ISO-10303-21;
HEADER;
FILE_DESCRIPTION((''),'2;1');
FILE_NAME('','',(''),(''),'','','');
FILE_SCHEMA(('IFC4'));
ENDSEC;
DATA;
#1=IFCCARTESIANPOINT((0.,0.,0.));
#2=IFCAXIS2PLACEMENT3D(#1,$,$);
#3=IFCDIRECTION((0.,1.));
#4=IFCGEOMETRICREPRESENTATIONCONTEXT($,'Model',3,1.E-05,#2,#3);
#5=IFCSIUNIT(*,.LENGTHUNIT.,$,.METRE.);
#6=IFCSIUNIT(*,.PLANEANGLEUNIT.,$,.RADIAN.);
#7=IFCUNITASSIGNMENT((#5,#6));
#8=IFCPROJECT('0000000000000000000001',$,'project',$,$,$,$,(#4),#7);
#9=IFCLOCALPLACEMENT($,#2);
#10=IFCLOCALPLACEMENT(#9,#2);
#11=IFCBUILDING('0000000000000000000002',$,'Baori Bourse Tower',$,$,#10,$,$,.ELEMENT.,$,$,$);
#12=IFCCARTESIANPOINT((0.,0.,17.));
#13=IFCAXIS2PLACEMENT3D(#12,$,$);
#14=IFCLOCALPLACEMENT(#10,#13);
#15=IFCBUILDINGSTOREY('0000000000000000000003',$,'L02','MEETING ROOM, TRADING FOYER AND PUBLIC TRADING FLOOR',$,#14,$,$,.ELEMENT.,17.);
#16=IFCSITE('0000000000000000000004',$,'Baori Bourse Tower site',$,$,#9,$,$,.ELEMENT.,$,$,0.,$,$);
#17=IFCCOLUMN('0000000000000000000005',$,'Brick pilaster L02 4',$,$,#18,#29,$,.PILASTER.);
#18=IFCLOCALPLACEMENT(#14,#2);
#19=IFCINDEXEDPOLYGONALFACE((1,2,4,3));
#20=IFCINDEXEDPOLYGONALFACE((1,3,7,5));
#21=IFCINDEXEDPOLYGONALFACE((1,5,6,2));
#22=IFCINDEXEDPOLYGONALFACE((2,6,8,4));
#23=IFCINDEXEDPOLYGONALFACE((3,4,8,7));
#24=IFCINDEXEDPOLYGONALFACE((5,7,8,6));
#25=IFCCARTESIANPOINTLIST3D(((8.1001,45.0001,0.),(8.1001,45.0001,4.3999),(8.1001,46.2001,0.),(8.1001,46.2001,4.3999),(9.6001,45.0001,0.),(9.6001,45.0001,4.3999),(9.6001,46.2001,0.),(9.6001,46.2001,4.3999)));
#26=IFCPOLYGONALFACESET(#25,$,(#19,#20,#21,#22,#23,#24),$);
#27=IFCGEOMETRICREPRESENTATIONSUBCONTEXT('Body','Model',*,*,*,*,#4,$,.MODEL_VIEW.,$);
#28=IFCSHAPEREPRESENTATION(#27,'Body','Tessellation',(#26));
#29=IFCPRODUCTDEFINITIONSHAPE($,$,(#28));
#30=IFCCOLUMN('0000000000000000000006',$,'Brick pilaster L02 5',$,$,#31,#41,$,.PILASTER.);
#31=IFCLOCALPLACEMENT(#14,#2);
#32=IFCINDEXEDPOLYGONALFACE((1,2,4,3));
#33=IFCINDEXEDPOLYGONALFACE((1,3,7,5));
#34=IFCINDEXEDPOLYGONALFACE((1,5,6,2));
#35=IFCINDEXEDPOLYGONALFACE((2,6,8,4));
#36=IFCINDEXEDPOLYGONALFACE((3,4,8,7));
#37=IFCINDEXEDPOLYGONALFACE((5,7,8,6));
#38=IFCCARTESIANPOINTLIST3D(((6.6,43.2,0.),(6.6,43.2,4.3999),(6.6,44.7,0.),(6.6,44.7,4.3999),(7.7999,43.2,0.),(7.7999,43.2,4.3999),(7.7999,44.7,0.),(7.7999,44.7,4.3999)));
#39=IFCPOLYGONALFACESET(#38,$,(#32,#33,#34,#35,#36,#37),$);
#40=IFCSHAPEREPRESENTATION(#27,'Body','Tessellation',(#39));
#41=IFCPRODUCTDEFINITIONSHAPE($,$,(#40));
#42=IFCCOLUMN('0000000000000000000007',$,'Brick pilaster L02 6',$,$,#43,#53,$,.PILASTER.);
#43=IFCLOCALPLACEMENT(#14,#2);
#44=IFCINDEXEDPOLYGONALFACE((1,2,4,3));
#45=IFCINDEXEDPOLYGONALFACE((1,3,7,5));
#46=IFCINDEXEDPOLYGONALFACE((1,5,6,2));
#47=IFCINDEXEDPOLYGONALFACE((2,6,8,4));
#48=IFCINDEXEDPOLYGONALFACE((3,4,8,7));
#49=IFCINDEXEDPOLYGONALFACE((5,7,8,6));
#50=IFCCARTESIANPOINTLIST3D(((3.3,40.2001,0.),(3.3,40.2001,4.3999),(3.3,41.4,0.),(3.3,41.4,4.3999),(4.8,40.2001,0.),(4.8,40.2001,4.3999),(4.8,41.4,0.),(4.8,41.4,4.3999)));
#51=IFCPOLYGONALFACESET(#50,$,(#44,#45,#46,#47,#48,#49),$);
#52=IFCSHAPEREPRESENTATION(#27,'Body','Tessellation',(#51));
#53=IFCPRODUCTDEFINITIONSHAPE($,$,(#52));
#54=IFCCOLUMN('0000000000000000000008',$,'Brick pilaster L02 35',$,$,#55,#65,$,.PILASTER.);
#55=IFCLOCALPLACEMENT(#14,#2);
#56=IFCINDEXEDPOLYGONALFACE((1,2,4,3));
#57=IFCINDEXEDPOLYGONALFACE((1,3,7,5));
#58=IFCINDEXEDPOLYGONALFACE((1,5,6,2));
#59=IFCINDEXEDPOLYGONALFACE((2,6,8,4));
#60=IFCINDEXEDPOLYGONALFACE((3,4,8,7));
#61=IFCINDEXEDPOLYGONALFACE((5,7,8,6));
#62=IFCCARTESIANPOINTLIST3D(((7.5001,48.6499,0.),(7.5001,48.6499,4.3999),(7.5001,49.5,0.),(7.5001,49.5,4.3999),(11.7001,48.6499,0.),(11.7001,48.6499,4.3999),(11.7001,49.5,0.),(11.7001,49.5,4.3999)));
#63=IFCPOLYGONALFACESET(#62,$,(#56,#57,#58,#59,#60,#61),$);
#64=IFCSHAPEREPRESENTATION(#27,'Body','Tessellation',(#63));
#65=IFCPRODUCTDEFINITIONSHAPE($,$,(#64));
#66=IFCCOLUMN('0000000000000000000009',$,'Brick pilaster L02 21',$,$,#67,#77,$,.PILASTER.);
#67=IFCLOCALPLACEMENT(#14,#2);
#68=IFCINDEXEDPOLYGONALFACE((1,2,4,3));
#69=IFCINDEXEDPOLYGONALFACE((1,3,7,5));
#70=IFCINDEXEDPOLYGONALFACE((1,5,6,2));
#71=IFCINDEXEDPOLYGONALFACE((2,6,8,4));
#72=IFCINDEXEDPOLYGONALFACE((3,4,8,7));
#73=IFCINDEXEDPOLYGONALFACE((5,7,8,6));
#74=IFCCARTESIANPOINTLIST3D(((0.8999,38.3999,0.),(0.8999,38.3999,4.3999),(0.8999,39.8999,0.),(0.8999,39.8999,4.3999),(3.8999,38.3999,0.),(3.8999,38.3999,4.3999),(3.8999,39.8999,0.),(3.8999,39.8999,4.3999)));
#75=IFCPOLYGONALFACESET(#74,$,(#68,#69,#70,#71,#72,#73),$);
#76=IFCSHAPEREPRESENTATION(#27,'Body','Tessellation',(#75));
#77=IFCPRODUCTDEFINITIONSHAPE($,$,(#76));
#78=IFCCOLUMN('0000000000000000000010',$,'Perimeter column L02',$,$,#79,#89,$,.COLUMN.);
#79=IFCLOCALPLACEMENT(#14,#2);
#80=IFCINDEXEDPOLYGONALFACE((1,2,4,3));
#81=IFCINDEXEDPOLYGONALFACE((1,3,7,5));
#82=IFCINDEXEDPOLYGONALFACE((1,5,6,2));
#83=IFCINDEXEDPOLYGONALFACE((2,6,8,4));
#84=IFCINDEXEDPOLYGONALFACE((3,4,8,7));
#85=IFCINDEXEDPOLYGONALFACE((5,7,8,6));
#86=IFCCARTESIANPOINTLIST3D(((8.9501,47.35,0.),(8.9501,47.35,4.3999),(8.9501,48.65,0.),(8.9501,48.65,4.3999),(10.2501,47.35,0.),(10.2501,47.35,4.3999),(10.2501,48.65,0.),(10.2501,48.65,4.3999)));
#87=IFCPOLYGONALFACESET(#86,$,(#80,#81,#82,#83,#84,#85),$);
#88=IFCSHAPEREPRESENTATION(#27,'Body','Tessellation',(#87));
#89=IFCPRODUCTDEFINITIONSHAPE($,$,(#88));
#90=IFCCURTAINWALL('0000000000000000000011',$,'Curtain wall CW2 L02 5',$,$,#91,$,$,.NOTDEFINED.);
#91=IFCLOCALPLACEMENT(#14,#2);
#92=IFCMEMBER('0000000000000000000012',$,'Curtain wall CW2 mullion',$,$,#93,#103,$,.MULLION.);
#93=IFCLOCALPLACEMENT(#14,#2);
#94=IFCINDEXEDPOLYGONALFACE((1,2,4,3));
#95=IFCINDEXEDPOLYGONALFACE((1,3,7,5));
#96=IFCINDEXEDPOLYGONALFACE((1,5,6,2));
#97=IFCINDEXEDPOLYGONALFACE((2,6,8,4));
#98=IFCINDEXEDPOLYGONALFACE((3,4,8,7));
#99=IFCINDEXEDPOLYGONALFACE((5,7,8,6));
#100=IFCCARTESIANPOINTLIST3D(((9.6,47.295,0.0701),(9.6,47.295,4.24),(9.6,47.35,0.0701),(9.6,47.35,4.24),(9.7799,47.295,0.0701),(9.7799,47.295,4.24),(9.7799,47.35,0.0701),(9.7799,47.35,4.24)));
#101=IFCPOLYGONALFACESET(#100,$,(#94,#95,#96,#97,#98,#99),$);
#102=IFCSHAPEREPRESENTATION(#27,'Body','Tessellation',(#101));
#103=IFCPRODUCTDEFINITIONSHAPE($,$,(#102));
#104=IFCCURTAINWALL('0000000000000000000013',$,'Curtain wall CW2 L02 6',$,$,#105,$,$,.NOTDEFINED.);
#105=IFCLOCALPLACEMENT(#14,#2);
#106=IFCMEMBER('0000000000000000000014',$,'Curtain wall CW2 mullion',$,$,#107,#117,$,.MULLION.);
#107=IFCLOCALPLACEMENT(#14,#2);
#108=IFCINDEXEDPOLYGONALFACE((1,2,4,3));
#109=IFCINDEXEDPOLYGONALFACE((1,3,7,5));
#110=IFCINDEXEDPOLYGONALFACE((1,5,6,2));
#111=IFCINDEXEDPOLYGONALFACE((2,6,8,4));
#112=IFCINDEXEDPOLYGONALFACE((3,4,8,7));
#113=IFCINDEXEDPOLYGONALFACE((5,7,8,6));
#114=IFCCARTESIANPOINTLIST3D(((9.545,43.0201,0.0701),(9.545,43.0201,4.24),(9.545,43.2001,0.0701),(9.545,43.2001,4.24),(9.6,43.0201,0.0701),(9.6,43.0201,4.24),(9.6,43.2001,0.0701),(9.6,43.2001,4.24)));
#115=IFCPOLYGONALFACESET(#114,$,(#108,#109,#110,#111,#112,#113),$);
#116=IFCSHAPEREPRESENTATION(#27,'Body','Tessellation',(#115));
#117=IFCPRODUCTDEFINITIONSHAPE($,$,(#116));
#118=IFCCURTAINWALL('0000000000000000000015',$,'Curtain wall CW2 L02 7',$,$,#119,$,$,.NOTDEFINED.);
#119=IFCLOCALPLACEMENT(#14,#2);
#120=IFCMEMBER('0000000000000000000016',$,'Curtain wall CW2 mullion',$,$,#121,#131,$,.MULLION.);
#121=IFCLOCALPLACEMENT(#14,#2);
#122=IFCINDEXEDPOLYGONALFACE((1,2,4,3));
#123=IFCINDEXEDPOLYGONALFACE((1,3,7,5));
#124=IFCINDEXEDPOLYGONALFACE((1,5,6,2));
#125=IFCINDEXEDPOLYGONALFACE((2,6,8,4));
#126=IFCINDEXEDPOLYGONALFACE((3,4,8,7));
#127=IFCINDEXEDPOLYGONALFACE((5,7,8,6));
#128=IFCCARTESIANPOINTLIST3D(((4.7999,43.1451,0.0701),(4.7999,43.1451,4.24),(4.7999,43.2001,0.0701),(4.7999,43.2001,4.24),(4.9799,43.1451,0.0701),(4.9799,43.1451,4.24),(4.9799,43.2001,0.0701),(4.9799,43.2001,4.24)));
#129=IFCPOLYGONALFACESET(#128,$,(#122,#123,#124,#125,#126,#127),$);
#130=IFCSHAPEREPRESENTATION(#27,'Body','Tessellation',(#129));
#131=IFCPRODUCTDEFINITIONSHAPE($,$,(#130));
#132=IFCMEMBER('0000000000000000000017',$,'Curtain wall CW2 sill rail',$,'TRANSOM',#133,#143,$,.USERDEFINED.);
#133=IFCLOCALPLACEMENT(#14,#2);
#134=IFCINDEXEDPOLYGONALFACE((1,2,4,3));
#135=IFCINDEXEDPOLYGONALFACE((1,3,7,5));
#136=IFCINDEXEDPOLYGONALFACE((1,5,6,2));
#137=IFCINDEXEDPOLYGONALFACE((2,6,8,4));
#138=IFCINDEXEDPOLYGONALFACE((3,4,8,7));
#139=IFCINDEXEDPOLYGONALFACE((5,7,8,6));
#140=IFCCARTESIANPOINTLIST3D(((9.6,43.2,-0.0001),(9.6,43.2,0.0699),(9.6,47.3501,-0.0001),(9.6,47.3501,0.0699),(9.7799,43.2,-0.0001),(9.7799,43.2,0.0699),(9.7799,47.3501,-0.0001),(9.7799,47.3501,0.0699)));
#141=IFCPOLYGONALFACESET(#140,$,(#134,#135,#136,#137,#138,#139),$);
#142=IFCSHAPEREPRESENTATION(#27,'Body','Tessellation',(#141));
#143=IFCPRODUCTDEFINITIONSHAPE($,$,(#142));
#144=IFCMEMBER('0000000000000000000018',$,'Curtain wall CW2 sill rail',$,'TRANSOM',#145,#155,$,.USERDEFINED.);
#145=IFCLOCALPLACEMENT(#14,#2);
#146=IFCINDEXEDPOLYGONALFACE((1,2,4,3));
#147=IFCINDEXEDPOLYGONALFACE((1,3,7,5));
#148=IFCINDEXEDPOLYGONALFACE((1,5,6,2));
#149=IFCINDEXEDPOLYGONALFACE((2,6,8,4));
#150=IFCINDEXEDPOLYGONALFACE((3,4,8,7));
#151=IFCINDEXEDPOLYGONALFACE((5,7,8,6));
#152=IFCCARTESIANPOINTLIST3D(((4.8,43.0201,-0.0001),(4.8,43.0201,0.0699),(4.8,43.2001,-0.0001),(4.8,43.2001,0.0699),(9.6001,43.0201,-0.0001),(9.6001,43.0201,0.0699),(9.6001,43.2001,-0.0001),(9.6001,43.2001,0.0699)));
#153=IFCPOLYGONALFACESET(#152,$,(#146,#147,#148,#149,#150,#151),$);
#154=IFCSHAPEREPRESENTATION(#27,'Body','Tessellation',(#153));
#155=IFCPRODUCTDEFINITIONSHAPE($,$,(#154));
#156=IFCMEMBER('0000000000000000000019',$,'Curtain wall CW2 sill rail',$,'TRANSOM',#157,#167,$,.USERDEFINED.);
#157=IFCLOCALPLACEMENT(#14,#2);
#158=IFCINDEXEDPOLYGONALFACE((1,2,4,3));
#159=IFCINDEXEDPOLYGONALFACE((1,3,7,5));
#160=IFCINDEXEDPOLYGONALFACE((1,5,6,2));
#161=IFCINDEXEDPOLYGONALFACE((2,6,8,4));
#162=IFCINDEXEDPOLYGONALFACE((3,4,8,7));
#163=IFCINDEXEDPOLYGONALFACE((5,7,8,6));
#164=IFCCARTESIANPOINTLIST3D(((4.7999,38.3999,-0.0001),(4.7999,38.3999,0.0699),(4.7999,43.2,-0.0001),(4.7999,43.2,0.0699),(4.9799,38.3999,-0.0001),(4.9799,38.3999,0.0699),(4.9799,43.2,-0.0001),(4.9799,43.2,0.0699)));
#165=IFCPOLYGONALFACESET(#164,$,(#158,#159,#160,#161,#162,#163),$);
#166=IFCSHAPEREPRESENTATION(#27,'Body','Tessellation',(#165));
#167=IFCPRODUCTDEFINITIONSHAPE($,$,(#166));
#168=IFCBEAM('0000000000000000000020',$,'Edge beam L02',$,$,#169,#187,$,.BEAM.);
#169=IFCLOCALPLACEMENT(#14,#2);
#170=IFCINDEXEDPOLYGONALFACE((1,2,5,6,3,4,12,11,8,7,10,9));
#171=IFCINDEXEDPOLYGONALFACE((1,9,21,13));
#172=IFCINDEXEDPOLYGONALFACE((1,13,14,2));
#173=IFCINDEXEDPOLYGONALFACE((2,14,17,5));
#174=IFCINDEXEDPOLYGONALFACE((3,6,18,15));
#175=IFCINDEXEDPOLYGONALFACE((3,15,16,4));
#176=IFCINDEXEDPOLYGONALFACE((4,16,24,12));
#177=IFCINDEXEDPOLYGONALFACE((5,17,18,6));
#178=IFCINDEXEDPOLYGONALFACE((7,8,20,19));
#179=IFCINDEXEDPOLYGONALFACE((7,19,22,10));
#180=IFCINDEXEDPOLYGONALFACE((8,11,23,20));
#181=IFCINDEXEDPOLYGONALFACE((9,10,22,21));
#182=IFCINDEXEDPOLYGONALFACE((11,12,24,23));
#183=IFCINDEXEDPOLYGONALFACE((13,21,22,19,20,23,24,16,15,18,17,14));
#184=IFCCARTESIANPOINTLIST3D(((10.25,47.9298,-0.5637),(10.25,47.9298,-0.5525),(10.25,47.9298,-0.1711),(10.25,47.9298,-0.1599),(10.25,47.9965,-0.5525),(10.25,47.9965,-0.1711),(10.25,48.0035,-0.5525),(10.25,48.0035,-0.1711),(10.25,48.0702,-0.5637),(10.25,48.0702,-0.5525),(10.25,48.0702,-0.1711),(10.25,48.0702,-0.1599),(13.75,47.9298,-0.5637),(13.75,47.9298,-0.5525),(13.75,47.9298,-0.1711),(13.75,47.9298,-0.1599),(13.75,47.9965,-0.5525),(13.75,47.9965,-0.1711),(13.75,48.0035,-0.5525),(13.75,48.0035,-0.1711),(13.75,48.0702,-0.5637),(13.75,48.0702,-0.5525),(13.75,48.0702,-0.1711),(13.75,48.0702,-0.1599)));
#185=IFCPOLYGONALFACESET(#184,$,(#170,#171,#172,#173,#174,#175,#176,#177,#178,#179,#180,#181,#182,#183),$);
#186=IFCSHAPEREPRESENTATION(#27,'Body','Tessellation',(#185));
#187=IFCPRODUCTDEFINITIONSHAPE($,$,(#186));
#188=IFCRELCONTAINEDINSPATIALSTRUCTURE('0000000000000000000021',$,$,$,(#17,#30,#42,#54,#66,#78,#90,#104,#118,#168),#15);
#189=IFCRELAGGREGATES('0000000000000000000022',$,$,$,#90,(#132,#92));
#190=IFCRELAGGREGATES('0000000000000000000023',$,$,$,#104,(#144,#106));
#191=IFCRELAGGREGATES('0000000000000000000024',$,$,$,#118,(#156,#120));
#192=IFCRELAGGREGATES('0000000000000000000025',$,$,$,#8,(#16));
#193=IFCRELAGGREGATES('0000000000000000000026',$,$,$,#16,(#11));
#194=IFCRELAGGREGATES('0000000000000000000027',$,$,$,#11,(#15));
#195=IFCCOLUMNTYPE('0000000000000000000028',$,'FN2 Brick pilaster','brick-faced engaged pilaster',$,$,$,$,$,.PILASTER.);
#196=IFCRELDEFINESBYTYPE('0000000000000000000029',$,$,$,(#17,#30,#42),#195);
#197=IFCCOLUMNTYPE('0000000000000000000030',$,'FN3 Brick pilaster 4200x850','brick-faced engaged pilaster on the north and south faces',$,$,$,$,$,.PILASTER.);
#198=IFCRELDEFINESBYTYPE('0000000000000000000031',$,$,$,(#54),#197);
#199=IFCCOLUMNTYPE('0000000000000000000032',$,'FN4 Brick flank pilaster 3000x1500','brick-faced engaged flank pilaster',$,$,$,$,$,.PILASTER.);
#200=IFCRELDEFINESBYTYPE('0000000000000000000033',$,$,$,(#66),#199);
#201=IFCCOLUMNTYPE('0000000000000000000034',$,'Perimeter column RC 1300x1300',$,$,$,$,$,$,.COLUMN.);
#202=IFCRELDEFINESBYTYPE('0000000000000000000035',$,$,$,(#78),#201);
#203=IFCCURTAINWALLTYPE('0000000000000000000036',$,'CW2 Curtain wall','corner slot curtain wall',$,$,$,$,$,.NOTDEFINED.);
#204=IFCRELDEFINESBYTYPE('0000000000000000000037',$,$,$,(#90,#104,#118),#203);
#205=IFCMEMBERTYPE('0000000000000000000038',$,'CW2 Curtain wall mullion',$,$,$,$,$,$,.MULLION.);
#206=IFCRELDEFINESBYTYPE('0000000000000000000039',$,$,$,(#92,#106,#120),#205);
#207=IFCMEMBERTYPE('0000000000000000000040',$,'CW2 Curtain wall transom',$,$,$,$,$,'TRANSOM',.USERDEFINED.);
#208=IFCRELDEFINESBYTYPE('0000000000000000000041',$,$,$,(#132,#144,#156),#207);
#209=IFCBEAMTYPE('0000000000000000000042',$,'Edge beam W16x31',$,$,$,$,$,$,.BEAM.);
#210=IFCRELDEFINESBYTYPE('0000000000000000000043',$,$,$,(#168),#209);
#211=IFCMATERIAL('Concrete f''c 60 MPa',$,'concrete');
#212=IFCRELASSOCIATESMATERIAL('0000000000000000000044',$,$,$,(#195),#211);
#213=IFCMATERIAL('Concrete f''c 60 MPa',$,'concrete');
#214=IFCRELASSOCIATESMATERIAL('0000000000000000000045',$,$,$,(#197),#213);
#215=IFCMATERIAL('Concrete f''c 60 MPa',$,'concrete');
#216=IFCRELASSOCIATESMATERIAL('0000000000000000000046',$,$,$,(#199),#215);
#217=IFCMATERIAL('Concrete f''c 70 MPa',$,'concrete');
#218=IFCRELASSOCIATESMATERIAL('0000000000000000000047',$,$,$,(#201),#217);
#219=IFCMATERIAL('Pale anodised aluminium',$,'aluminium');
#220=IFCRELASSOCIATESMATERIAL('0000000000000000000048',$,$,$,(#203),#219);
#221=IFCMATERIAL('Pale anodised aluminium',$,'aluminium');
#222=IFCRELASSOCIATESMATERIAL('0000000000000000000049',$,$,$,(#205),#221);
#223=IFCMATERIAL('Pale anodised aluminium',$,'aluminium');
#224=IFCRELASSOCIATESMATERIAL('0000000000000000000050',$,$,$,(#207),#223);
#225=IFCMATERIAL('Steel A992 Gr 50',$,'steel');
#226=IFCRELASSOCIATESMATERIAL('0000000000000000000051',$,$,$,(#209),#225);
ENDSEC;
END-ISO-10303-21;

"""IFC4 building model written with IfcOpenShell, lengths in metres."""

from ifc_helpers import new_model, si_unit, direction, frame, origin, origin_2d, place, context, subcontext, project, spatial, rectangle, i_section, extrude, material, material_profile, profile_set, type_object, element, aggregate, save


model = new_model("IFC4")

# Units and contexts
model_context = context("Model", 3, precision=1e-05, world=origin(), true_north=direction((0.0, 1.0)))
body_context = subcontext(model_context, "Body", "Model", "MODEL_VIEW")
ifc_project = project(units=[si_unit("LENGTHUNIT", "METRE"), si_unit("PLANEANGLEUNIT", "RADIAN")], contexts=[model_context])

# Site, building, storey
site_placement = place(None, origin())
site = spatial("IfcSite", under=ifc_project, at=site_placement, Name="Baori Bourse Tower site", CompositionType="ELEMENT", RefElevation=0.0)
building_placement = place(site_placement, origin())
building = spatial("IfcBuilding", under=site, at=building_placement, Name="Baori Bourse Tower", CompositionType="ELEMENT")
storey_placement = place(building_placement, frame((0.0, 0.0, 17.0)))
storey = spatial("IfcBuildingStorey", under=building, at=storey_placement, Name="L02", Description="MEETING ROOM, TRADING FOYER AND PUBLIC TRADING FLOOR", CompositionType="ELEMENT", Elevation=17.0)

# Columns
ifc_material_1 = material(Name="Concrete f'c 60 MPa", Category="concrete")
ifc_material_profile_1 = material_profile(ifc_material_1, rectangle(XDim=1.2, YDim=1.5, at=origin_2d()), Name="RC 1200x1500")
ifc_profile_set_1 = profile_set([ifc_material_profile_1], Name="Concrete f'c 60 MPa")
column_type_1 = type_object("IfcColumnType", Name="FN2 Brick pilaster", Description="brick-faced engaged pilaster", PredefinedType="PILASTER", material=ifc_profile_set_1)
for number, where, z_axis, x_axis, name in (
    (1, (8.8501, 45.6001, 0.0), (0.0, 0.0, 1.0), (0.0, 1.0, 0.0), "Brick pilaster L02 4"),
    (2, (7.2, 43.95, 0.0), (0.0, 0.0, 1.0), (1.0, 0.0, 0.0), "Brick pilaster L02 5"),
    (3, (4.05, 40.8, 0.0), (0.0, 0.0, 1.0), (0.0, 1.0, 0.0), "Brick pilaster L02 6"),
):
    element("IfcColumn", number, at=place(storey_placement, frame(where, z_axis=z_axis, x_axis=x_axis)), inside=storey, type_object=column_type_1, Name=name, PredefinedType="PILASTER", context=body_context, shape_type="SweptSolid", body=[
        extrude(rectangle(XDim=1.2, YDim=1.5, at=origin_2d()), origin(), (0.0, 0.0, 1.0), 4.3999),
    ])
ifc_material_2 = material(Name="Concrete f'c 60 MPa", Category="concrete")
ifc_material_profile_2 = material_profile(ifc_material_2, rectangle(XDim=4.2, YDim=0.8501, at=origin_2d()), Name="RC 4200x850")
ifc_profile_set_2 = profile_set([ifc_material_profile_2], Name="Concrete f'c 60 MPa")
column_type_2 = type_object("IfcColumnType", Name="FN3 Brick pilaster 4200x850", Description="brick-faced engaged pilaster on the north and south faces", PredefinedType="PILASTER", material=ifc_profile_set_2)
column_1_placement = place(storey_placement, frame((9.6001, 49.075, 0.0), z_axis=(0.0, 0.0, 1.0), x_axis=(1.0, 0.0, 0.0)))
element("IfcColumn", 4, at=column_1_placement, inside=storey, type_object=column_type_2, Name="Brick pilaster L02 35", PredefinedType="PILASTER", context=body_context, shape_type="SweptSolid", body=[
    extrude(rectangle(XDim=4.2, YDim=0.8501, at=origin_2d()), origin(), (0.0, 0.0, 1.0), 4.3999),
])
ifc_material_3 = material(Name="Concrete f'c 60 MPa", Category="concrete")
ifc_material_profile_3 = material_profile(ifc_material_3, rectangle(XDim=3.0, YDim=1.5, at=origin_2d()), Name="RC 3000x1500")
ifc_profile_set_3 = profile_set([ifc_material_profile_3], Name="Concrete f'c 60 MPa")
column_type_3 = type_object("IfcColumnType", Name="FN4 Brick flank pilaster 3000x1500", Description="brick-faced engaged flank pilaster", PredefinedType="PILASTER", material=ifc_profile_set_3)
column_2_placement = place(storey_placement, frame((2.3999, 39.1499, 0.0), z_axis=(0.0, 0.0, 1.0), x_axis=(1.0, 0.0, 0.0)))
element("IfcColumn", 5, at=column_2_placement, inside=storey, type_object=column_type_3, Name="Brick pilaster L02 21", PredefinedType="PILASTER", context=body_context, shape_type="SweptSolid", body=[
    extrude(rectangle(XDim=3.0, YDim=1.5, at=origin_2d()), origin(), (0.0, 0.0, 1.0), 4.3999),
])
ifc_material_4 = material(Name="Concrete f'c 70 MPa", Category="concrete")
ifc_material_profile_4 = material_profile(ifc_material_4, rectangle(XDim=1.3, YDim=1.3, at=origin_2d()), Name="RC 1300x1300")
ifc_profile_set_4 = profile_set([ifc_material_profile_4], Name="Concrete f'c 70 MPa")
column_type_4 = type_object("IfcColumnType", Name="Perimeter column RC 1300x1300", PredefinedType="COLUMN", material=ifc_profile_set_4)
column_3_placement = place(storey_placement, frame((9.6001, 48.0, 0.0), z_axis=(0.0, 0.0, 1.0), x_axis=(1.0, 0.0, 0.0)))
element("IfcColumn", 6, at=column_3_placement, inside=storey, type_object=column_type_4, Name="Perimeter column L02", PredefinedType="COLUMN", context=body_context, shape_type="SweptSolid", body=[
    extrude(rectangle(XDim=1.3, YDim=1.3, at=origin_2d()), origin(), (0.0, 0.0, 1.0), 4.3999),
])

# Curtain walls, members
ifc_material_5 = material(Name="Pale anodised aluminium", Category="aluminium")
curtain_wall_type = type_object("IfcCurtainWallType", Name="CW2 Curtain wall", Description="corner slot curtain wall", PredefinedType="NOTDEFINED", material=ifc_material_5)
curtain_wall_1_placement = place(storey_placement, origin())
curtain_wall_1 = element("IfcCurtainWall", 7, at=curtain_wall_1_placement, inside=storey, type_object=curtain_wall_type, Name="Curtain wall CW2 L02 5", PredefinedType="NOTDEFINED")
ifc_material_6 = material(Name="Pale anodised aluminium", Category="aluminium")
ifc_material_profile_5 = material_profile(ifc_material_6, rectangle(XDim=0.1799, YDim=0.0549, at=origin_2d()), Name="Mullion 55x180")
ifc_profile_set_5 = profile_set([ifc_material_profile_5], Name="Pale anodised aluminium")
member_type_1 = type_object("IfcMemberType", Name="CW2 Curtain wall mullion", PredefinedType="MULLION", material=ifc_profile_set_5)
member_1_placement = place(storey_placement, frame((9.6899, 47.3225, 0.0701), z_axis=(0.0, 0.0, 1.0), x_axis=(1.0, 0.0, 0.0)))
member_1 = element("IfcMember", 8, at=member_1_placement, type_object=member_type_1, Name="Curtain wall CW2 mullion", PredefinedType="MULLION", context=body_context, shape_type="SweptSolid", body=[
    extrude(rectangle(XDim=0.1799, YDim=0.0549, at=origin_2d()), origin(), (0.0, 0.0, 1.0), 4.1699),
])
curtain_wall_2_placement = place(storey_placement, origin())
curtain_wall_2 = element("IfcCurtainWall", 9, at=curtain_wall_2_placement, inside=storey, type_object=curtain_wall_type, Name="Curtain wall CW2 L02 6", PredefinedType="NOTDEFINED")
member_2_placement = place(storey_placement, frame((9.5725, 43.1101, 0.0701), z_axis=(0.0, 0.0, 1.0), x_axis=(0.0, -1.0, 0.0)))
member_2 = element("IfcMember", 10, at=member_2_placement, type_object=member_type_1, Name="Curtain wall CW2 mullion", PredefinedType="MULLION", context=body_context, shape_type="SweptSolid", body=[
    extrude(rectangle(XDim=0.1799, YDim=0.0549, at=origin_2d()), origin(), (0.0, 0.0, 1.0), 4.1699),
])
curtain_wall_3_placement = place(storey_placement, origin())
curtain_wall_3 = element("IfcCurtainWall", 11, at=curtain_wall_3_placement, inside=storey, type_object=curtain_wall_type, Name="Curtain wall CW2 L02 7", PredefinedType="NOTDEFINED")
member_3_placement = place(storey_placement, frame((4.8899, 43.1726, 0.0701), z_axis=(0.0, 0.0, 1.0), x_axis=(1.0, 0.0, 0.0)))
member_3 = element("IfcMember", 12, at=member_3_placement, type_object=member_type_1, Name="Curtain wall CW2 mullion", PredefinedType="MULLION", context=body_context, shape_type="SweptSolid", body=[
    extrude(rectangle(XDim=0.1799, YDim=0.0549, at=origin_2d()), origin(), (0.0, 0.0, 1.0), 4.1699),
])

# Members
ifc_material_7 = material(Name="Pale anodised aluminium", Category="aluminium")
ifc_material_profile_6 = material_profile(ifc_material_7, rectangle(XDim=0.1799, YDim=0.0701, at=origin_2d()), Name="Transom 70x180")
ifc_profile_set_6 = profile_set([ifc_material_profile_6], Name="Pale anodised aluminium")
member_type_2 = type_object("IfcMemberType", Name="CW2 Curtain wall transom", ElementType="TRANSOM", PredefinedType="USERDEFINED", material=ifc_profile_set_6)
member_4_placement = place(storey_placement, frame((9.6899, 47.3501, 0.0349), z_axis=(0.0, -1.0, 0.0), x_axis=(1.0, 0.0, 0.0)))
member_4 = element("IfcMember", 13, at=member_4_placement, type_object=member_type_2, Name="Curtain wall CW2 sill rail", ObjectType="TRANSOM", PredefinedType="USERDEFINED", context=body_context, shape_type="SweptSolid", body=[
    extrude(rectangle(XDim=0.1799, YDim=0.0701, at=origin_2d()), origin(), (0.0, 0.0, 1.0), 4.1501),
])
member_5_placement = place(storey_placement, frame((9.6001, 43.1101, 0.0349), z_axis=(-1.0, 0.0, 0.0), x_axis=(0.0, -1.0, 0.0)))
member_5 = element("IfcMember", 14, at=member_5_placement, type_object=member_type_2, Name="Curtain wall CW2 sill rail", ObjectType="TRANSOM", PredefinedType="USERDEFINED", context=body_context, shape_type="SweptSolid", body=[
    extrude(rectangle(XDim=0.1799, YDim=0.0701, at=origin_2d()), origin(), (0.0, 0.0, 1.0), 4.8),
])
member_6_placement = place(storey_placement, frame((4.8899, 43.2, 0.0349), z_axis=(0.0, -1.0, 0.0), x_axis=(1.0, 0.0, 0.0)))
member_6 = element("IfcMember", 15, at=member_6_placement, type_object=member_type_2, Name="Curtain wall CW2 sill rail", ObjectType="TRANSOM", PredefinedType="USERDEFINED", context=body_context, shape_type="SweptSolid", body=[
    extrude(rectangle(XDim=0.1799, YDim=0.0701, at=origin_2d()), origin(), (0.0, 0.0, 1.0), 4.8),
])

# Beam
ifc_material_8 = material(Name="Steel A992 Gr 50", Category="steel")
ifc_material_profile_7 = material_profile(ifc_material_8, i_section(OverallWidth=0.1404, OverallDepth=0.4038, WebThickness=0.0071, FlangeThickness=0.0112, at=origin_2d()), Name="W16x31")
ifc_profile_set_7 = profile_set([ifc_material_profile_7], Name="Steel A992 Gr 50")
beam_type_1 = type_object("IfcBeamType", Name="Edge beam W16x31", PredefinedType="BEAM", material=ifc_profile_set_7)
beam_1_placement = place(storey_placement, frame((10.25, 48.0, -0.3618), z_axis=(1.0, 0.0, 0.0), x_axis=(0.0, 1.0, 0.0)))
element("IfcBeam", 16, at=beam_1_placement, inside=storey, type_object=beam_type_1, Name="Edge beam L02", PredefinedType="BEAM", context=body_context, shape_type="SweptSolid", body=[
    extrude(i_section(OverallWidth=0.1404, OverallDepth=0.4038, WebThickness=0.0071, FlangeThickness=0.0112, at=origin_2d()), origin(), (0.0, 0.0, 1.0), 3.5),
])

aggregate(curtain_wall_1, [member_4, member_1])
aggregate(curtain_wall_2, [member_5, member_2])
aggregate(curtain_wall_3, [member_6, member_3])

save(model, "model.ifc")
